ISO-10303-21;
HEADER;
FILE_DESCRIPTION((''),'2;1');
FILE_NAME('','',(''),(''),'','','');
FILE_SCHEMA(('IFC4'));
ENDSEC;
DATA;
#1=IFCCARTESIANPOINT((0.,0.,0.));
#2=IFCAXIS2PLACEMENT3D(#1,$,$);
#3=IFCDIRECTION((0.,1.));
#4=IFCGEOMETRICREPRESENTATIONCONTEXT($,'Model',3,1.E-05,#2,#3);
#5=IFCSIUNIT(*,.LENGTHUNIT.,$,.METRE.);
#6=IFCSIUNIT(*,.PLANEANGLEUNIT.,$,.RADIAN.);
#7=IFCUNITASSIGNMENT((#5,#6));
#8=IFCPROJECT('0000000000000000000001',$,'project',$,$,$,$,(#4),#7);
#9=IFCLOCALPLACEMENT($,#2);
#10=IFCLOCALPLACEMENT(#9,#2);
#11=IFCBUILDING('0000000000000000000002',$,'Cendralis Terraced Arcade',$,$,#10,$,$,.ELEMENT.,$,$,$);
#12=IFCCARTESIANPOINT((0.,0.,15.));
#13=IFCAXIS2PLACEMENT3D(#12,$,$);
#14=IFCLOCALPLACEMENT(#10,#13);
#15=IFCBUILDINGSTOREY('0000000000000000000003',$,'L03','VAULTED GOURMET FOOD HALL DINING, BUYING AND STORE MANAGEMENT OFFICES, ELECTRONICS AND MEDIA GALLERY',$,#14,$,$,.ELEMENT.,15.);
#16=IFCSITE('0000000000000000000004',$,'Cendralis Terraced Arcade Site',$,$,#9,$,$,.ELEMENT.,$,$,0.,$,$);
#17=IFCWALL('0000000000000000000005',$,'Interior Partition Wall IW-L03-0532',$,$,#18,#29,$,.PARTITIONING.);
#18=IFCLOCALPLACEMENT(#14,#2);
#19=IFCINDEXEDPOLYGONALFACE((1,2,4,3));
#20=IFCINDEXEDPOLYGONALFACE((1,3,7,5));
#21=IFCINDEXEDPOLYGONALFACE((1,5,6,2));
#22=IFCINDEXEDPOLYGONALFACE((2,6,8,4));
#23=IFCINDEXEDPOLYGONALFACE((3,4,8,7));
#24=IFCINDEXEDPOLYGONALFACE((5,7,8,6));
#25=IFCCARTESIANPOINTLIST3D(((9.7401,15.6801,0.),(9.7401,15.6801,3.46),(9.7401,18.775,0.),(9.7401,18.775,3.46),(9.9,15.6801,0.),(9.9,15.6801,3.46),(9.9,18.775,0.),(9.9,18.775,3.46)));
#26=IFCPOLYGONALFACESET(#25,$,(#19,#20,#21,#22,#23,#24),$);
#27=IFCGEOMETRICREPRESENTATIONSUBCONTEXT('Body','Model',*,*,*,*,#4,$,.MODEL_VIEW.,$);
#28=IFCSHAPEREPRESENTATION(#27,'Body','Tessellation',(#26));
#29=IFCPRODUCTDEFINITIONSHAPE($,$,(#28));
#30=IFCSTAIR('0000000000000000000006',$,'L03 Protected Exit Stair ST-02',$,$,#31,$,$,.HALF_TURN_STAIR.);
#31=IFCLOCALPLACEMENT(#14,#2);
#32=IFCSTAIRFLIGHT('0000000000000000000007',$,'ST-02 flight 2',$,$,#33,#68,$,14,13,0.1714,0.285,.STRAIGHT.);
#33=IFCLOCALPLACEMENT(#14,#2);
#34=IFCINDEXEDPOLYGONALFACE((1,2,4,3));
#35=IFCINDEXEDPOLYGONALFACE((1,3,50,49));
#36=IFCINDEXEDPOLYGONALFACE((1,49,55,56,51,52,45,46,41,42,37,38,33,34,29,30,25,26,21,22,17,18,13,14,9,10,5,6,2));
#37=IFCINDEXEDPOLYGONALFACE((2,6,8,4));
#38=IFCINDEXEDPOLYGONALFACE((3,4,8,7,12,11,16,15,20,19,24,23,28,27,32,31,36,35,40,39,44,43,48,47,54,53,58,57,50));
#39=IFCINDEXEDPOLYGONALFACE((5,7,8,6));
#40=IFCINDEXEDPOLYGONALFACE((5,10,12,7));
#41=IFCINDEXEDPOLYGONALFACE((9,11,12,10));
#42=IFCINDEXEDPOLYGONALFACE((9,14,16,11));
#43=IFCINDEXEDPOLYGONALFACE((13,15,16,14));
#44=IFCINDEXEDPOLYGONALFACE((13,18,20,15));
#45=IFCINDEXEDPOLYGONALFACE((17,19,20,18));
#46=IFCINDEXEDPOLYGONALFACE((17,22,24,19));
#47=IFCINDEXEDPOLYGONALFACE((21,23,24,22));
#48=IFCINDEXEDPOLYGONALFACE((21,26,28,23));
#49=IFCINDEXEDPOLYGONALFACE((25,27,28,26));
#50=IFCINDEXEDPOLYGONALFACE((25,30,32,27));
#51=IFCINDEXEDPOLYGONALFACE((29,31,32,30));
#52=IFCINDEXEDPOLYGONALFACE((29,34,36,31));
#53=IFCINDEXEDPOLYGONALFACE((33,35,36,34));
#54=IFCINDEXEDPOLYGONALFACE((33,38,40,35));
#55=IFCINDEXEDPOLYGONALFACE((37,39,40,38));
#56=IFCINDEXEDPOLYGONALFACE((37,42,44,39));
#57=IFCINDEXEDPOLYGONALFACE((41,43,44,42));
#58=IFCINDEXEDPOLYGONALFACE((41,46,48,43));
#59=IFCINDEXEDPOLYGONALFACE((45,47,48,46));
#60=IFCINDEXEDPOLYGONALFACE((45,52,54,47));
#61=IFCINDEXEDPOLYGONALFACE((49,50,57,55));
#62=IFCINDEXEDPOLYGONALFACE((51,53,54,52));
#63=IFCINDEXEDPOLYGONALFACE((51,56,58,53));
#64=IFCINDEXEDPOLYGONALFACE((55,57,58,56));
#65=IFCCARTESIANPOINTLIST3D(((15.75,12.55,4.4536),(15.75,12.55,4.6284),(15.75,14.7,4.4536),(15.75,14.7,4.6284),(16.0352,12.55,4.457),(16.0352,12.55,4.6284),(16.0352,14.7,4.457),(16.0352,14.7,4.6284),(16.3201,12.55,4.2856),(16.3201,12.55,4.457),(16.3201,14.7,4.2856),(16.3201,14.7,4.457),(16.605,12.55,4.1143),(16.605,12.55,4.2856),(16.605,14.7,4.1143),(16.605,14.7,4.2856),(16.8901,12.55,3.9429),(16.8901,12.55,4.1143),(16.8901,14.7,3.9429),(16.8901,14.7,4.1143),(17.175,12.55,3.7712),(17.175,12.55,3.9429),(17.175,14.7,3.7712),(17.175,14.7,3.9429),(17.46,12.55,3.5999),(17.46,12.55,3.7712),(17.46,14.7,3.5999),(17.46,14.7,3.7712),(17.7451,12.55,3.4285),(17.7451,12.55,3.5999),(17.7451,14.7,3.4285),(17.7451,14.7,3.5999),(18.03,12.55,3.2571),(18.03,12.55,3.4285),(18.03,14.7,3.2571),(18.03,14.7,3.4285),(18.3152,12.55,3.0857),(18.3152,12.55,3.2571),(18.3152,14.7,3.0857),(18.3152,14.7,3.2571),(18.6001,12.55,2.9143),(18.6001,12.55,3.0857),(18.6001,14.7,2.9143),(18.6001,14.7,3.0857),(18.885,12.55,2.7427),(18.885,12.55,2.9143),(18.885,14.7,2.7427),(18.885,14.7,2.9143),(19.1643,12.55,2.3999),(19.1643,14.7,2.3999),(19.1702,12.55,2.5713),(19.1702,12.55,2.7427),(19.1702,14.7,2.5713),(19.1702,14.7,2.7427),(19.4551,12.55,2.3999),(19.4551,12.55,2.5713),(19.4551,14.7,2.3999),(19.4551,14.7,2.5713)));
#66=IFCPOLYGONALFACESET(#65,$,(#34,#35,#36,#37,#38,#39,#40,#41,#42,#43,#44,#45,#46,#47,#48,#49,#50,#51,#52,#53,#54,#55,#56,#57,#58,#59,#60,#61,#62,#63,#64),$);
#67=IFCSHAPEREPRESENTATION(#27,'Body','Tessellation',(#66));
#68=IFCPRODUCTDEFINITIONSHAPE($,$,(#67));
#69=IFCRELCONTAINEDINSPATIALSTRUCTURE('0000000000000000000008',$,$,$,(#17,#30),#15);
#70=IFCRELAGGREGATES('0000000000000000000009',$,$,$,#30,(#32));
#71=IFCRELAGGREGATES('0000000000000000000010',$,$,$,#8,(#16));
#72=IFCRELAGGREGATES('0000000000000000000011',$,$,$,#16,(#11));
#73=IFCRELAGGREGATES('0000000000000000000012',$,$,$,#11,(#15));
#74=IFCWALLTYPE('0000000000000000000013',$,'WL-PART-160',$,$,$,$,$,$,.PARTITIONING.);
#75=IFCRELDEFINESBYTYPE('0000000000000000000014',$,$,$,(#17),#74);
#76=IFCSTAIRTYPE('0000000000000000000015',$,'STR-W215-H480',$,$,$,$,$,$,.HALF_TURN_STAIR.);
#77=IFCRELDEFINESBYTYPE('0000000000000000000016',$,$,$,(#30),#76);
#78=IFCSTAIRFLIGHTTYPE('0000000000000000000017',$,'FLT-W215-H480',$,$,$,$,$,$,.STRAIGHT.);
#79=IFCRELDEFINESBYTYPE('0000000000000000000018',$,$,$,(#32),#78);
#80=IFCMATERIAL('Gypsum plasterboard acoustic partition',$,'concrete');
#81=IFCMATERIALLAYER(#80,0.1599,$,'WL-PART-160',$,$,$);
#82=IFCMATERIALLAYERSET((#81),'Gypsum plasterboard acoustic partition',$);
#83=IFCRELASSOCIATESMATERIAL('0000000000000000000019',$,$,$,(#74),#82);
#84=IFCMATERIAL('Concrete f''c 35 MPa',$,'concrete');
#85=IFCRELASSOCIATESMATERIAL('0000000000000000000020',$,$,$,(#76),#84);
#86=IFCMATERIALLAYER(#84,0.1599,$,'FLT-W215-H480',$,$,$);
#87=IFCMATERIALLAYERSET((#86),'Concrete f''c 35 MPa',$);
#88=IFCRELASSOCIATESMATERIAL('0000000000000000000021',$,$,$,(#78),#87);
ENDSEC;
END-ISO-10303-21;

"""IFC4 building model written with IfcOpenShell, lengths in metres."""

from ifc_helpers import new_model, si_unit, direction, frame, frame_2d, origin, place, context, subcontext, project, spatial, polyline, rectangle, outline, extrude, material, layer, layer_set, type_object, element, aggregate, save


model = new_model("IFC4")

# Units and contexts
model_context = context("Model", 3, precision=1e-05, world=origin(), true_north=direction((0.0, 1.0)))
body_context = subcontext(model_context, "Body", "Model", "MODEL_VIEW")
ifc_project = project(units=[si_unit("LENGTHUNIT", "METRE"), si_unit("PLANEANGLEUNIT", "RADIAN")], contexts=[model_context])

# Site, building, storey
site_placement = place(None, origin())
site = spatial("IfcSite", under=ifc_project, at=site_placement, Name="Cendralis Terraced Arcade Site", CompositionType="ELEMENT", RefElevation=0.0)
building_placement = place(site_placement, origin())
building = spatial("IfcBuilding", under=site, at=building_placement, Name="Cendralis Terraced Arcade", CompositionType="ELEMENT")
storey_placement = place(building_placement, frame((0.0, 0.0, 15.0)))
storey = spatial("IfcBuildingStorey", under=building, at=storey_placement, Name="L03", Description="VAULTED GOURMET FOOD HALL DINING, BUYING AND STORE MANAGEMENT OFFICES, ELECTRONICS AND MEDIA GALLERY", CompositionType="ELEMENT", Elevation=15.0)

# Shared definitions
ifc_material_1 = material(Name="Concrete f'c 35 MPa", Category="concrete")

# Wall
ifc_material_2 = material(Name="Gypsum plasterboard acoustic partition", Category="concrete")
ifc_layer_1 = layer(ifc_material_2, 0.1599, Name="WL-PART-160")
ifc_layer_set_1 = layer_set([ifc_layer_1], Name="Gypsum plasterboard acoustic partition")
wall_type_1 = type_object("IfcWallType", Name="WL-PART-160", PredefinedType="PARTITIONING", material=ifc_layer_set_1)
wall_1_placement = place(storey_placement, frame((9.8201, 18.7749, 0.0), z_axis=(0.0, 0.0, 1.0), x_axis=(0.0, -1.0, 0.0)))
element("IfcWall", 1, at=wall_1_placement, inside=storey, type_object=wall_type_1, Name="Interior Partition Wall IW-L03-0532", PredefinedType="PARTITIONING", context=body_context, shape_type="SweptSolid", body=[
    extrude(rectangle(XDim=3.095, YDim=0.1599, at=frame_2d((1.5474, 0.0))), origin(), (0.0, 0.0, 1.0), 3.46),
])

# Stair, stair flight
stair_type = type_object("IfcStairType", Name="STR-W215-H480", PredefinedType="HALF_TURN_STAIR", material=ifc_material_1)
stair_placement = place(storey_placement, origin())
stair = element("IfcStair", 2, at=stair_placement, inside=storey, type_object=stair_type, Name="L03 Protected Exit Stair ST-02", PredefinedType="HALF_TURN_STAIR")
ifc_layer_2 = layer(ifc_material_1, 0.1599, Name="FLT-W215-H480")
ifc_layer_set_2 = layer_set([ifc_layer_2], Name="Concrete f'c 35 MPa")
stair_flight_type = type_object("IfcStairFlightType", Name="FLT-W215-H480", PredefinedType="STRAIGHT", material=ifc_layer_set_2)
stair_flight_placement = place(storey_placement, frame((19.4551, 13.625, 2.3999), z_axis=(0.0, 0.0, 1.0), x_axis=(-1.0, 0.0, 0.0)))
stair_flight = element("IfcStairFlight", 3, at=stair_flight_placement, type_object=stair_flight_type, Name="ST-02 flight 2", NumberOfRisers=14, NumberOfTreads=13, PredefinedType="STRAIGHT", RiserHeight=0.1714, TreadLength=0.285, context=body_context, shape_type="SweptSolid", body=[
    extrude(outline(polyline([(0.0, 0.0), (0.0, 0.1714), (0.2849, 0.1714), (0.2849, 0.3428), (0.5701, 0.3428), (0.5701, 0.5144), (0.855, 0.5144), (0.855, 0.6858), (1.1399, 0.6858), (1.1399, 0.8572), (1.425, 0.8572), (1.425, 1.0286), (1.71, 1.0286), (1.71, 1.2), (1.9951, 1.2), (1.9951, 1.3713), (2.28, 1.3713), (2.28, 1.543), (2.5649, 1.543), (2.5649, 1.7144), (2.8501, 1.7144), (2.8501, 1.8857), (3.135, 1.8857), (3.135, 2.0571), (3.4199, 2.0571), (3.4199, 2.2285), (3.7051, 2.2285), (3.7051, 2.3999), (3.7051, 2.0537), (0.2908, 0.0), (0.0, 0.0)])), frame((0.0, 1.075, 0.0), z_axis=(0.0, -1.0, 0.0), x_axis=(1.0, 0.0, 0.0)), (0.0, 0.0, 1.0), 2.1499),
])
aggregate(stair, [stair_flight])

save(model, "model.ifc")
